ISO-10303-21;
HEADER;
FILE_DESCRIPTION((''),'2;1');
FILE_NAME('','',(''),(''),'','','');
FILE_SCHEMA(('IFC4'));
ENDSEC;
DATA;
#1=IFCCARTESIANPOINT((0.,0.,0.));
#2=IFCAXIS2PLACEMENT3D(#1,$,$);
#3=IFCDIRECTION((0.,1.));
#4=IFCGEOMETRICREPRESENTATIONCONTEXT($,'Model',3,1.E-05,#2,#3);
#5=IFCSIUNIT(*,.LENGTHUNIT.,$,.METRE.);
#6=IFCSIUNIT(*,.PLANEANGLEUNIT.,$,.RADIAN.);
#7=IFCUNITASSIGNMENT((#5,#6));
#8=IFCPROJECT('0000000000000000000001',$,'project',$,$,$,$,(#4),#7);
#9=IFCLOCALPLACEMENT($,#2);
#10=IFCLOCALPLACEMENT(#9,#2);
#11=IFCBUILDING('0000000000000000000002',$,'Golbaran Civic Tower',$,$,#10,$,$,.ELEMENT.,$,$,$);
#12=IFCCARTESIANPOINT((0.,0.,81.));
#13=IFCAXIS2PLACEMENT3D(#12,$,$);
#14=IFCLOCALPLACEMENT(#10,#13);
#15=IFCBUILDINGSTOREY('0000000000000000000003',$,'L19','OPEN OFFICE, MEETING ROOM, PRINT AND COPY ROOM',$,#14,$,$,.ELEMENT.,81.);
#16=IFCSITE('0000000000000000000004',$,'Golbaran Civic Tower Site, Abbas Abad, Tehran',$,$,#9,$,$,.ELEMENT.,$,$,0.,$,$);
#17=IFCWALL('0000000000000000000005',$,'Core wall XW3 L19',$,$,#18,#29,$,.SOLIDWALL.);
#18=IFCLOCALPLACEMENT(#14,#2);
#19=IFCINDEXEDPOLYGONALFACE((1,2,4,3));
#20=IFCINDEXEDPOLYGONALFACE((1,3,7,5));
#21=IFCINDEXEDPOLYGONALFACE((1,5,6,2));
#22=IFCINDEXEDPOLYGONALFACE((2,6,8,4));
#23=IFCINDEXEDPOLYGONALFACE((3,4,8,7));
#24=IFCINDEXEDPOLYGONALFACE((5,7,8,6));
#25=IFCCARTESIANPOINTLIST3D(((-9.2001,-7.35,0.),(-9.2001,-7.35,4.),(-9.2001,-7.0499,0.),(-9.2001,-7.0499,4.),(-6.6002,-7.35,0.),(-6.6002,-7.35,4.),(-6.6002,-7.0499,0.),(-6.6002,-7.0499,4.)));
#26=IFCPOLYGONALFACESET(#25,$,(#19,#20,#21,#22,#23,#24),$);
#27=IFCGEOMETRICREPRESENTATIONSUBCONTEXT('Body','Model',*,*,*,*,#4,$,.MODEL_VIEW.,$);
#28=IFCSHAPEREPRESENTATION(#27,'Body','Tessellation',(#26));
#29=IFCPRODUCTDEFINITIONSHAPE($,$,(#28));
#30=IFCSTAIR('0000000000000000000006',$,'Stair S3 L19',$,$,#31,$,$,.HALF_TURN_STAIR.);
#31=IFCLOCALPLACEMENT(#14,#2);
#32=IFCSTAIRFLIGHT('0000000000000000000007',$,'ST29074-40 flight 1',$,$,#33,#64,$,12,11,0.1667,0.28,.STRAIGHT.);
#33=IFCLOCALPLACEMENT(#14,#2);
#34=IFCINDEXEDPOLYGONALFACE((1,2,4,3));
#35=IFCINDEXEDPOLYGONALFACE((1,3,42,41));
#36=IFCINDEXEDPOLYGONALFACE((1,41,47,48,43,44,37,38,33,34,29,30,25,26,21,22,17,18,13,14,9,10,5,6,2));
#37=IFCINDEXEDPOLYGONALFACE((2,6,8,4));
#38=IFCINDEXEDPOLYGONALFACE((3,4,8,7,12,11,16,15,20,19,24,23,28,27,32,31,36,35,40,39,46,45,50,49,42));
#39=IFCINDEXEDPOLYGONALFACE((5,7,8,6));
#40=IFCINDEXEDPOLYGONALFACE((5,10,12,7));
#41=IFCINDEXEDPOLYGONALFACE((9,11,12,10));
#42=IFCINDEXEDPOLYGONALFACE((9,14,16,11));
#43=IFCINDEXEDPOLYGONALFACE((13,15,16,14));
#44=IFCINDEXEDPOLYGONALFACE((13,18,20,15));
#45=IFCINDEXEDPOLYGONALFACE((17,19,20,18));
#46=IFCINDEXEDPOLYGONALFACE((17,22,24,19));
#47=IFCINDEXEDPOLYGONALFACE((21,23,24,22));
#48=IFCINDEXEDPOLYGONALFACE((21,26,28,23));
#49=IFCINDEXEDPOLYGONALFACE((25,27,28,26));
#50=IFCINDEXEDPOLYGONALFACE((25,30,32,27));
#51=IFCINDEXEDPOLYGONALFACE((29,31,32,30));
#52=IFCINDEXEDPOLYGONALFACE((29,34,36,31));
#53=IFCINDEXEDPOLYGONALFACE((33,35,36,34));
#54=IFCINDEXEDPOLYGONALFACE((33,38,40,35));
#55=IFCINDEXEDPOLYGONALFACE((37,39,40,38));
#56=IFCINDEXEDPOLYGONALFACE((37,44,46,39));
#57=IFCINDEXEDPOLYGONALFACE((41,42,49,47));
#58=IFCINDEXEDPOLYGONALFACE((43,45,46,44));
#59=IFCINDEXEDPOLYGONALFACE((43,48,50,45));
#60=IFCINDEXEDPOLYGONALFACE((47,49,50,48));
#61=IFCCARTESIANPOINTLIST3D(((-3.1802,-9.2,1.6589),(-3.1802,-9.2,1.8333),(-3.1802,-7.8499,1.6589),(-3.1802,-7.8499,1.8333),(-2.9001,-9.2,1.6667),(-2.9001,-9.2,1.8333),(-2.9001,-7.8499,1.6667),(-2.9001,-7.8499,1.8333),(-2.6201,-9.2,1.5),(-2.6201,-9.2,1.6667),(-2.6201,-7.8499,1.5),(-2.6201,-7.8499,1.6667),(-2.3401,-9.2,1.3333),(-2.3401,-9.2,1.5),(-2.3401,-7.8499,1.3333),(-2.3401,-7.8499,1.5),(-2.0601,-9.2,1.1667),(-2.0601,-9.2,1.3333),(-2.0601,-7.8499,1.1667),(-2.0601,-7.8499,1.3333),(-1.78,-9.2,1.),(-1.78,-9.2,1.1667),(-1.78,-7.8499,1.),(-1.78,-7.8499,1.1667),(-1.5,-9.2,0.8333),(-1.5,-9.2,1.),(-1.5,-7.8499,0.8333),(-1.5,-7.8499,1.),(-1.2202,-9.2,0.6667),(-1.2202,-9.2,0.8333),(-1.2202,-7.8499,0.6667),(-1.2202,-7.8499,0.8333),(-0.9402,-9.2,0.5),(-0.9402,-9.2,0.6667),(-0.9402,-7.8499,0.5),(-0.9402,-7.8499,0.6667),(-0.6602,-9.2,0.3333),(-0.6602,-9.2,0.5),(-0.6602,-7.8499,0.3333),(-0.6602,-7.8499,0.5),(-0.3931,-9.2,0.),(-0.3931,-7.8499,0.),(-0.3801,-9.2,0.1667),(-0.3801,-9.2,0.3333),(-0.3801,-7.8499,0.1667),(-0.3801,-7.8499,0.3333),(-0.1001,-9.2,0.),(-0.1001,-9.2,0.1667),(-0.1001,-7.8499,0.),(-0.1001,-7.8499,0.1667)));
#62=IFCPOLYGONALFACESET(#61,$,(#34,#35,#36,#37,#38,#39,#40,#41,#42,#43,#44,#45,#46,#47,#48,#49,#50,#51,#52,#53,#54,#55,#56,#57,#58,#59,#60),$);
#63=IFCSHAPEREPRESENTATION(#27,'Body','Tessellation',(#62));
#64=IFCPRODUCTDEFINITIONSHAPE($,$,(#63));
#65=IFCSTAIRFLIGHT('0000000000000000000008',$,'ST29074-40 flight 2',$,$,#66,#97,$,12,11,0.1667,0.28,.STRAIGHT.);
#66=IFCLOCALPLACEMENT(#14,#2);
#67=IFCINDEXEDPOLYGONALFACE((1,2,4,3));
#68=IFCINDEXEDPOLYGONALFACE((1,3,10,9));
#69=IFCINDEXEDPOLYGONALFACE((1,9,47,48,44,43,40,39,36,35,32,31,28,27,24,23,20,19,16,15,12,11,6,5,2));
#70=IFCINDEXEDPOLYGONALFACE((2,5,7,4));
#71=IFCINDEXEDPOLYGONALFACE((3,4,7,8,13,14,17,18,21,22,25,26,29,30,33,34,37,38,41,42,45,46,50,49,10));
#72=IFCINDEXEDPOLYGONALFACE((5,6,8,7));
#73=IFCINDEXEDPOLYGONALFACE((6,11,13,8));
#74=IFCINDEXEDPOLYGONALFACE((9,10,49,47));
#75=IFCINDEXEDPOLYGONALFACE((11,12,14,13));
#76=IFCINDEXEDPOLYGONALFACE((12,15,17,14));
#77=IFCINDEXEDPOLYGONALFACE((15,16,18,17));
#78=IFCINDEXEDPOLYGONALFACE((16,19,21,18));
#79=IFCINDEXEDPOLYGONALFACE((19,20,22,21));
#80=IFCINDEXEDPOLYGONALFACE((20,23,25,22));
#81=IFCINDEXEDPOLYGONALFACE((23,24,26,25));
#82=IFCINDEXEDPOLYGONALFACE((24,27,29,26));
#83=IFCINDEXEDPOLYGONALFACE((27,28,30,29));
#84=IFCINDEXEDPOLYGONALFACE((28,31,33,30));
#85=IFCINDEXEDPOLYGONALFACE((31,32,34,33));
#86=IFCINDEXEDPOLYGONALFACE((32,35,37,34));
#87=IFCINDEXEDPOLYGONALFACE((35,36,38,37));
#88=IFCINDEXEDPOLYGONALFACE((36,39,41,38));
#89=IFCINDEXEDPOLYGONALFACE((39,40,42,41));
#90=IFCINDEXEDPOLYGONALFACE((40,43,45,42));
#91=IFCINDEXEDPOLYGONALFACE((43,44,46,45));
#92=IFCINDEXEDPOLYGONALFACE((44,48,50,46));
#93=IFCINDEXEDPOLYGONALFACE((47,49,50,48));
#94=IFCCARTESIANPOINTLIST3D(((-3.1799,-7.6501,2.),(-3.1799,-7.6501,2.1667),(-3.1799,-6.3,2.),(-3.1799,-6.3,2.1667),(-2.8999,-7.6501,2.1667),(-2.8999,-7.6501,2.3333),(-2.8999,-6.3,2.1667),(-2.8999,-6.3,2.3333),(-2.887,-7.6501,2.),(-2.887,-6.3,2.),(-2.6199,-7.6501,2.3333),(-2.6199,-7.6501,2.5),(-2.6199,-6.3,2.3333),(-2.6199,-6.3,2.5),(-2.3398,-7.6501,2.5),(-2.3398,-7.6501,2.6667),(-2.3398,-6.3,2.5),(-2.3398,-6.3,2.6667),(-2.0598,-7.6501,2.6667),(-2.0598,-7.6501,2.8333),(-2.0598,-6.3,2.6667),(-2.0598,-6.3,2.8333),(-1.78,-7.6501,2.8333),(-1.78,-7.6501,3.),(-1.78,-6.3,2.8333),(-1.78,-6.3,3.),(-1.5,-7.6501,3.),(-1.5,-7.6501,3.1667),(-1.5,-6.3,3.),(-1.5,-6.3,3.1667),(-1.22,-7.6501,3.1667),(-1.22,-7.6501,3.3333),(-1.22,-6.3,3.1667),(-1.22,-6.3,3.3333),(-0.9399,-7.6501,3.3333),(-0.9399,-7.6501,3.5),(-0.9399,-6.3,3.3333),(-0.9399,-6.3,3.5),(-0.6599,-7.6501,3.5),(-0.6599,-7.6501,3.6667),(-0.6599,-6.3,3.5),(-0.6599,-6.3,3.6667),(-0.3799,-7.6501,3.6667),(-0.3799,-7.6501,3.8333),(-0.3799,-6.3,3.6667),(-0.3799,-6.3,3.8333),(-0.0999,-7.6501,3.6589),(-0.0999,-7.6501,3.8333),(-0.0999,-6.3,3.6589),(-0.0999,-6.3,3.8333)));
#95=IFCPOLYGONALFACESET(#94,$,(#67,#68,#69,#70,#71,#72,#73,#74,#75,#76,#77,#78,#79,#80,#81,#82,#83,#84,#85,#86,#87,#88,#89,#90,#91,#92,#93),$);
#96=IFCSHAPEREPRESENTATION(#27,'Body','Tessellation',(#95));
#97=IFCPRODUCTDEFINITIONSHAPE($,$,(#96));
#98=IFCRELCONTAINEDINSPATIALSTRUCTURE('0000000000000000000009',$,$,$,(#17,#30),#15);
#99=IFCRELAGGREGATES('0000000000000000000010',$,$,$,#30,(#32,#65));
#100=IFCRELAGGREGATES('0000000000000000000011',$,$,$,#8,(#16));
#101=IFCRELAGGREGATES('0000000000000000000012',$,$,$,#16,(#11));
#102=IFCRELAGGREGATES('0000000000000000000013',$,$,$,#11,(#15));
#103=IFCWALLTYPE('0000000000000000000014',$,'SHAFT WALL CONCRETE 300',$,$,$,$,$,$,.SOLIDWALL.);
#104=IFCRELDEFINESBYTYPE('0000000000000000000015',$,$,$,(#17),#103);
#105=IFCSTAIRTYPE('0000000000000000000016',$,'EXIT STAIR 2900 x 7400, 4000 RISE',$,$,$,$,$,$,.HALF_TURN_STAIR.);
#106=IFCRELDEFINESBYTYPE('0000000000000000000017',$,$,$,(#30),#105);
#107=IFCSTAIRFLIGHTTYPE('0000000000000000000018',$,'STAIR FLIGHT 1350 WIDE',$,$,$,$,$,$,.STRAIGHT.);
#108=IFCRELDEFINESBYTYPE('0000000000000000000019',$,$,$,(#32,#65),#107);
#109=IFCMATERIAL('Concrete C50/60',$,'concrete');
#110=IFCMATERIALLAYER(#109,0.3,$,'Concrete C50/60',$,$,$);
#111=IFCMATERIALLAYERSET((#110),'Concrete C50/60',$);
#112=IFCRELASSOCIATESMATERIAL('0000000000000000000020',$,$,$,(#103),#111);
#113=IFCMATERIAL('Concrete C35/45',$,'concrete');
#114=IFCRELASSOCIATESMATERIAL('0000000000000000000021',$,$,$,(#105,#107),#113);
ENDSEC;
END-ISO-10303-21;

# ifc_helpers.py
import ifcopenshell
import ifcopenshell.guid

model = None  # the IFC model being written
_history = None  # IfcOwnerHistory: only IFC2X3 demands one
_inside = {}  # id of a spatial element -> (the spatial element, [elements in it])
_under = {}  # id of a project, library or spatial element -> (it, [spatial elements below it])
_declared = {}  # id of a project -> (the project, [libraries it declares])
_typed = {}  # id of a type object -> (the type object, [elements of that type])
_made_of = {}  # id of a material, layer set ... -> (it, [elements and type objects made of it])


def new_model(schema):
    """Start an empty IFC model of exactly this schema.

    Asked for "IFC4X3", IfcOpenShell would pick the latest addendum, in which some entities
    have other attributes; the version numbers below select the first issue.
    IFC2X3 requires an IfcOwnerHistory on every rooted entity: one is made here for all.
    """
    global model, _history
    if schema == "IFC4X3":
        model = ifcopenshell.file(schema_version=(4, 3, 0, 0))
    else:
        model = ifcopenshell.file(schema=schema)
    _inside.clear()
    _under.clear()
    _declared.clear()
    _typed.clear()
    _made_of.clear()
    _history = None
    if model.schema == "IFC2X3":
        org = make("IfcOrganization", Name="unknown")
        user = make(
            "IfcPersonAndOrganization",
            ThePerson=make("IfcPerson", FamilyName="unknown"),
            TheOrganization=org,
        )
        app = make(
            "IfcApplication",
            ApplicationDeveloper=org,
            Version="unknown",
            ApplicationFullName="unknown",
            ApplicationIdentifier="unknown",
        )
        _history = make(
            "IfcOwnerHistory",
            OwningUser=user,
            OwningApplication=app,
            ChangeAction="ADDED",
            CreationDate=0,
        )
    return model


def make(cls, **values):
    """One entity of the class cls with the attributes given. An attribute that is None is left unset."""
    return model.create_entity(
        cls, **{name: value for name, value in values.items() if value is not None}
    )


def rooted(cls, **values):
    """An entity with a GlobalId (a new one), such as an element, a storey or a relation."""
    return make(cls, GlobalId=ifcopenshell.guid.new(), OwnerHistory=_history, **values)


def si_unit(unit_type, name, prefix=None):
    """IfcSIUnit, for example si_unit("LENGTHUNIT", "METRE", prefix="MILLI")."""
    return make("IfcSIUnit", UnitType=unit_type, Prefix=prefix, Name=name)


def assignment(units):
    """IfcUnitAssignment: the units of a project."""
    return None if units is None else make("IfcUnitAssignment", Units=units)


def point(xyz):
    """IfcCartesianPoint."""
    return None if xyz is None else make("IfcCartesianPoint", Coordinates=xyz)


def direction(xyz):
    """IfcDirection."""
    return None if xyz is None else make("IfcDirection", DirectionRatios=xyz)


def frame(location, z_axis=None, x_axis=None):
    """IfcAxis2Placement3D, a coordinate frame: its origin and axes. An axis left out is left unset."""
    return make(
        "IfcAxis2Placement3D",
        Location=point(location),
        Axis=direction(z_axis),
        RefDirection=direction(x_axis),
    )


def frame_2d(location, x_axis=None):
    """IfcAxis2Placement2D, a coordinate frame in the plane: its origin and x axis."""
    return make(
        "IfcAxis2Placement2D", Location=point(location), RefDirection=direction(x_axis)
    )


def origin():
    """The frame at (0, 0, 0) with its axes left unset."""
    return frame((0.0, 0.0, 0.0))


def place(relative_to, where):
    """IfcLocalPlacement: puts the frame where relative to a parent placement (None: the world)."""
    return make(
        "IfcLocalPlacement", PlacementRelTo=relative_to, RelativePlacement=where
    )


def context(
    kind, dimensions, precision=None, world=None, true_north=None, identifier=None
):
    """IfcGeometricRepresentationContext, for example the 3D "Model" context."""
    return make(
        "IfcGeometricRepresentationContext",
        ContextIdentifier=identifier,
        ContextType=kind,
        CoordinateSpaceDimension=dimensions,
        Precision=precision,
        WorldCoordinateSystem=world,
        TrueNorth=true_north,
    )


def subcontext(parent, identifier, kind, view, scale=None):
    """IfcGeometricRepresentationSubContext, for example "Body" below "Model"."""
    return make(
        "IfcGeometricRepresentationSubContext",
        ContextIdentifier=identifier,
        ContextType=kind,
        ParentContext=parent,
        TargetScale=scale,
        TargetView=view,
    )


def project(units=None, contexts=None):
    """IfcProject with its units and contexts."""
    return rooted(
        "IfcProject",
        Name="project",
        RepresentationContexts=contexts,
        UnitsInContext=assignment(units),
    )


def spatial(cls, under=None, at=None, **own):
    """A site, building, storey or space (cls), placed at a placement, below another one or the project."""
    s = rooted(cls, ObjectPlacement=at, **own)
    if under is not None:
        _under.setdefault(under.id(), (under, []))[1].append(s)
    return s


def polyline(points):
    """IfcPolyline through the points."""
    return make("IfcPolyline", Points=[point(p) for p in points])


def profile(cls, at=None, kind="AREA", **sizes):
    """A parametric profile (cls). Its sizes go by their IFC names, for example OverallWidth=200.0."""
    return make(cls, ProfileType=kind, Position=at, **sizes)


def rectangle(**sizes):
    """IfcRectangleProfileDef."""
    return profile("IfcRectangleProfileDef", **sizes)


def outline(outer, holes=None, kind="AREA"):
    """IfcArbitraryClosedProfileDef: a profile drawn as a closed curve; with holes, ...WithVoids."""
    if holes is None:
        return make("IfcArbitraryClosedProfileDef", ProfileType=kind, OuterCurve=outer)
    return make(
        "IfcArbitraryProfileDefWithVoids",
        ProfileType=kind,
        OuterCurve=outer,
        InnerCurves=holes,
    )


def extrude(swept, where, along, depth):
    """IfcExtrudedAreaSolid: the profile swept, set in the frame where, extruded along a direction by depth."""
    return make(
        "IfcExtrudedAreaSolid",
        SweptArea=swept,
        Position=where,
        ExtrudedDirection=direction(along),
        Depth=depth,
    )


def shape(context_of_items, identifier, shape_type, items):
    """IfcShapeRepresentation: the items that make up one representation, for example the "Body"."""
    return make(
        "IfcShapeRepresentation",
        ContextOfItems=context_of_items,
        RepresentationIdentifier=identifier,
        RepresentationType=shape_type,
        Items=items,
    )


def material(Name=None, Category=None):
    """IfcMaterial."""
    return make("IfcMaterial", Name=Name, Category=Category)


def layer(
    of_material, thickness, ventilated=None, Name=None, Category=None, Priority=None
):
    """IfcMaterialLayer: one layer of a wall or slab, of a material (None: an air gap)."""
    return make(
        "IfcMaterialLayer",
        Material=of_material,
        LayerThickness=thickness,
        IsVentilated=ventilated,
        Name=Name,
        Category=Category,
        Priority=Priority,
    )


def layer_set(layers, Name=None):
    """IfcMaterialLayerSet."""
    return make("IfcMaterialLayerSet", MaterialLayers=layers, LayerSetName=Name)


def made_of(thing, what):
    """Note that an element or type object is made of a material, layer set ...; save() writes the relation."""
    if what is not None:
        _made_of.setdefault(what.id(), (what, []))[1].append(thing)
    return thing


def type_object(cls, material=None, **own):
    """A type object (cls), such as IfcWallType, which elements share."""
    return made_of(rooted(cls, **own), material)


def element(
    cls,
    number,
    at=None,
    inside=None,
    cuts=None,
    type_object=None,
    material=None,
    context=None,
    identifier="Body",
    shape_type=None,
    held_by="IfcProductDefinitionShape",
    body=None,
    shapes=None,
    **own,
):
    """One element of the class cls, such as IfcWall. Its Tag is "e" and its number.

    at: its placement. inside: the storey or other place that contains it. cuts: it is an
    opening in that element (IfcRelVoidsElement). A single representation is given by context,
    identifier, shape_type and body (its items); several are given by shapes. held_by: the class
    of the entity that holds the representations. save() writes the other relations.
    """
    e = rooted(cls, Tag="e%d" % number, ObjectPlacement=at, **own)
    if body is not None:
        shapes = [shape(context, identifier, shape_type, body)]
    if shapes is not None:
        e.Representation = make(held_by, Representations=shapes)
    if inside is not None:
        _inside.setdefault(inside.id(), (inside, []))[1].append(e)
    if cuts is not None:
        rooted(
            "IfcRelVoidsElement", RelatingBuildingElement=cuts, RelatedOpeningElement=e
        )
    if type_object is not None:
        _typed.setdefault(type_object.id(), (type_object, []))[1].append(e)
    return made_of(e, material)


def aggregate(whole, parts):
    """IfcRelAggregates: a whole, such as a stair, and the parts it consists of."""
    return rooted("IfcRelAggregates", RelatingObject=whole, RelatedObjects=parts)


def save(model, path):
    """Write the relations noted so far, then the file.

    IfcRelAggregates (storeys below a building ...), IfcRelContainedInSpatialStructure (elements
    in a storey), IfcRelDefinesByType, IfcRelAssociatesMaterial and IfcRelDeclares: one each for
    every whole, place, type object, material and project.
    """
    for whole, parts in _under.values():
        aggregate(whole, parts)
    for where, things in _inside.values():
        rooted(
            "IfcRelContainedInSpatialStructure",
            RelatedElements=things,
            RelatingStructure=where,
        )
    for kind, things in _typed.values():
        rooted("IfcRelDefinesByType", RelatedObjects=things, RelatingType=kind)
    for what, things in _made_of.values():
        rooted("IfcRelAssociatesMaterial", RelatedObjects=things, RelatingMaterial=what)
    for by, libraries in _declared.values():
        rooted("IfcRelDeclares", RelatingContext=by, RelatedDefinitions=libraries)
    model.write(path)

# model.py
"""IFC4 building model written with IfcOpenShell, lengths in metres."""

from ifc_helpers import new_model, si_unit, direction, frame, frame_2d, origin, place, context, subcontext, project, spatial, polyline, rectangle, outline, extrude, material, layer, layer_set, type_object, element, aggregate, save


model = new_model("IFC4")

# Units and contexts
model_context = context("Model", 3, precision=1e-05, world=origin(), true_north=direction((0.0, 1.0)))
body_context = subcontext(model_context, "Body", "Model", "MODEL_VIEW")
ifc_project = project(units=[si_unit("LENGTHUNIT", "METRE"), si_unit("PLANEANGLEUNIT", "RADIAN")], contexts=[model_context])

# Site, building, storey
site_placement = place(None, origin())
site = spatial("IfcSite", under=ifc_project, at=site_placement, Name="Golbaran Civic Tower Site, Abbas Abad, Tehran", CompositionType="ELEMENT", RefElevation=0.0)
building_placement = place(site_placement, origin())
building = spatial("IfcBuilding", under=site, at=building_placement, Name="Golbaran Civic Tower", CompositionType="ELEMENT")
storey_placement = place(building_placement, frame((0.0, 0.0, 81.0)))
storey = spatial("IfcBuildingStorey", under=building, at=storey_placement, Name="L19", Description="OPEN OFFICE, MEETING ROOM, PRINT AND COPY ROOM", CompositionType="ELEMENT", Elevation=81.0)

# Shared definitions
ifc_material_1 = material(Name="Concrete C50/60", Category="concrete")

# Shared definitions
ifc_layer_1 = layer(ifc_material_1, 0.3, Name="Concrete C50/60")
ifc_layer_set_1 = layer_set([ifc_layer_1], Name="Concrete C50/60")
wall_type_1 = type_object("IfcWallType", Name="SHAFT WALL CONCRETE 300", PredefinedType="SOLIDWALL", material=ifc_layer_set_1)

# Wall
wall_1_placement = place(storey_placement, frame((-9.2, -7.2, 0.0), z_axis=(0.0, 0.0, 1.0), x_axis=(1.0, 0.0, 0.0)))
element("IfcWall", 1, at=wall_1_placement, inside=storey, type_object=wall_type_1, Name="Core wall XW3 L19", PredefinedType="SOLIDWALL", context=body_context, shape_type="SweptSolid", body=[
    extrude(rectangle(XDim=2.5999, YDim=0.3, at=frame_2d((1.2998, 0.0))), origin(), (0.0, 0.0, 1.0), 4.0),
])

# Stair, stair flights
ifc_material_2 = material(Name="Concrete C35/45", Category="concrete")
stair_type = type_object("IfcStairType", Name="EXIT STAIR 2900 x 7400, 4000 RISE", PredefinedType="HALF_TURN_STAIR", material=ifc_material_2)
stair_placement = place(storey_placement, origin())
stair = element("IfcStair", 2, at=stair_placement, inside=storey, type_object=stair_type, Name="Stair S3 L19", PredefinedType="HALF_TURN_STAIR")
stair_flight_type = type_object("IfcStairFlightType", Name="STAIR FLIGHT 1350 WIDE", PredefinedType="STRAIGHT", material=ifc_material_2)
stair_flight_1_placement = place(storey_placement, frame((-0.1001, -8.5249, 0.0), z_axis=(0.0, 0.0, 1.0), x_axis=(-1.0, 0.0, 0.0)))
stair_flight_1 = element("IfcStairFlight", 3, at=stair_flight_1_placement, type_object=stair_flight_type, Name="ST29074-40 flight 1", NumberOfRisers=12, NumberOfTreads=11, PredefinedType="STRAIGHT", RiserHeight=0.1667, TreadLength=0.28, context=body_context, shape_type="SweptSolid", body=[
    extrude(outline(polyline([(0.0, 0.0), (0.0, 0.1667), (0.28, 0.1667), (0.28, 0.3333), (0.5601, 0.3333), (0.5601, 0.5), (0.8401, 0.5), (0.8401, 0.6667), (1.1201, 0.6667), (1.1201, 0.8333), (1.3999, 0.8333), (1.3999, 1.0), (1.6799, 1.0), (1.6799, 1.1667), (1.96, 1.1667), (1.96, 1.3333), (2.24, 1.3333), (2.24, 1.5), (2.52, 1.5), (2.52, 1.6667), (2.8, 1.6667), (2.8, 1.8333), (3.0801, 1.8333), (3.0801, 2.0), (3.0801, 1.6589), (0.293, 0.0), (0.0, 0.0)])), frame((0.0, 0.675, 0.0), z_axis=(0.0, -1.0, 0.0), x_axis=(1.0, 0.0, 0.0)), (0.0, 0.0, 1.0), 1.3501),
])
stair_flight_2_placement = place(storey_placement, frame((-3.1799, -6.9751, 2.0), z_axis=(0.0, 0.0, 1.0), x_axis=(1.0, 0.0, 0.0)))
stair_flight_2 = element("IfcStairFlight", 4, at=stair_flight_2_placement, type_object=stair_flight_type, Name="ST29074-40 flight 2", NumberOfRisers=12, NumberOfTreads=11, PredefinedType="STRAIGHT", RiserHeight=0.1667, TreadLength=0.28, context=body_context, shape_type="SweptSolid", body=[
    extrude(outline(polyline([(0.0, 0.0), (0.0, 0.1667), (0.28, 0.1667), (0.28, 0.3333), (0.5601, 0.3333), (0.5601, 0.5), (0.8401, 0.5), (0.8401, 0.6667), (1.1201, 0.6667), (1.1201, 0.8333), (1.3999, 0.8333), (1.3999, 1.0), (1.6799, 1.0), (1.6799, 1.1667), (1.96, 1.1667), (1.96, 1.3333), (2.24, 1.3333), (2.24, 1.5), (2.52, 1.5), (2.52, 1.6667), (2.8, 1.6667), (2.8, 1.8333), (3.0801, 1.8333), (3.0801, 2.0), (3.0801, 1.6589), (0.293, 0.0), (0.0, 0.0)])), frame((0.0, 0.675, 0.0), z_axis=(0.0, -1.0, 0.0), x_axis=(1.0, 0.0, 0.0)), (0.0, 0.0, 1.0), 1.3501),
])
aggregate(stair, [stair_flight_1, stair_flight_2])

save(model, "model.ifc")
